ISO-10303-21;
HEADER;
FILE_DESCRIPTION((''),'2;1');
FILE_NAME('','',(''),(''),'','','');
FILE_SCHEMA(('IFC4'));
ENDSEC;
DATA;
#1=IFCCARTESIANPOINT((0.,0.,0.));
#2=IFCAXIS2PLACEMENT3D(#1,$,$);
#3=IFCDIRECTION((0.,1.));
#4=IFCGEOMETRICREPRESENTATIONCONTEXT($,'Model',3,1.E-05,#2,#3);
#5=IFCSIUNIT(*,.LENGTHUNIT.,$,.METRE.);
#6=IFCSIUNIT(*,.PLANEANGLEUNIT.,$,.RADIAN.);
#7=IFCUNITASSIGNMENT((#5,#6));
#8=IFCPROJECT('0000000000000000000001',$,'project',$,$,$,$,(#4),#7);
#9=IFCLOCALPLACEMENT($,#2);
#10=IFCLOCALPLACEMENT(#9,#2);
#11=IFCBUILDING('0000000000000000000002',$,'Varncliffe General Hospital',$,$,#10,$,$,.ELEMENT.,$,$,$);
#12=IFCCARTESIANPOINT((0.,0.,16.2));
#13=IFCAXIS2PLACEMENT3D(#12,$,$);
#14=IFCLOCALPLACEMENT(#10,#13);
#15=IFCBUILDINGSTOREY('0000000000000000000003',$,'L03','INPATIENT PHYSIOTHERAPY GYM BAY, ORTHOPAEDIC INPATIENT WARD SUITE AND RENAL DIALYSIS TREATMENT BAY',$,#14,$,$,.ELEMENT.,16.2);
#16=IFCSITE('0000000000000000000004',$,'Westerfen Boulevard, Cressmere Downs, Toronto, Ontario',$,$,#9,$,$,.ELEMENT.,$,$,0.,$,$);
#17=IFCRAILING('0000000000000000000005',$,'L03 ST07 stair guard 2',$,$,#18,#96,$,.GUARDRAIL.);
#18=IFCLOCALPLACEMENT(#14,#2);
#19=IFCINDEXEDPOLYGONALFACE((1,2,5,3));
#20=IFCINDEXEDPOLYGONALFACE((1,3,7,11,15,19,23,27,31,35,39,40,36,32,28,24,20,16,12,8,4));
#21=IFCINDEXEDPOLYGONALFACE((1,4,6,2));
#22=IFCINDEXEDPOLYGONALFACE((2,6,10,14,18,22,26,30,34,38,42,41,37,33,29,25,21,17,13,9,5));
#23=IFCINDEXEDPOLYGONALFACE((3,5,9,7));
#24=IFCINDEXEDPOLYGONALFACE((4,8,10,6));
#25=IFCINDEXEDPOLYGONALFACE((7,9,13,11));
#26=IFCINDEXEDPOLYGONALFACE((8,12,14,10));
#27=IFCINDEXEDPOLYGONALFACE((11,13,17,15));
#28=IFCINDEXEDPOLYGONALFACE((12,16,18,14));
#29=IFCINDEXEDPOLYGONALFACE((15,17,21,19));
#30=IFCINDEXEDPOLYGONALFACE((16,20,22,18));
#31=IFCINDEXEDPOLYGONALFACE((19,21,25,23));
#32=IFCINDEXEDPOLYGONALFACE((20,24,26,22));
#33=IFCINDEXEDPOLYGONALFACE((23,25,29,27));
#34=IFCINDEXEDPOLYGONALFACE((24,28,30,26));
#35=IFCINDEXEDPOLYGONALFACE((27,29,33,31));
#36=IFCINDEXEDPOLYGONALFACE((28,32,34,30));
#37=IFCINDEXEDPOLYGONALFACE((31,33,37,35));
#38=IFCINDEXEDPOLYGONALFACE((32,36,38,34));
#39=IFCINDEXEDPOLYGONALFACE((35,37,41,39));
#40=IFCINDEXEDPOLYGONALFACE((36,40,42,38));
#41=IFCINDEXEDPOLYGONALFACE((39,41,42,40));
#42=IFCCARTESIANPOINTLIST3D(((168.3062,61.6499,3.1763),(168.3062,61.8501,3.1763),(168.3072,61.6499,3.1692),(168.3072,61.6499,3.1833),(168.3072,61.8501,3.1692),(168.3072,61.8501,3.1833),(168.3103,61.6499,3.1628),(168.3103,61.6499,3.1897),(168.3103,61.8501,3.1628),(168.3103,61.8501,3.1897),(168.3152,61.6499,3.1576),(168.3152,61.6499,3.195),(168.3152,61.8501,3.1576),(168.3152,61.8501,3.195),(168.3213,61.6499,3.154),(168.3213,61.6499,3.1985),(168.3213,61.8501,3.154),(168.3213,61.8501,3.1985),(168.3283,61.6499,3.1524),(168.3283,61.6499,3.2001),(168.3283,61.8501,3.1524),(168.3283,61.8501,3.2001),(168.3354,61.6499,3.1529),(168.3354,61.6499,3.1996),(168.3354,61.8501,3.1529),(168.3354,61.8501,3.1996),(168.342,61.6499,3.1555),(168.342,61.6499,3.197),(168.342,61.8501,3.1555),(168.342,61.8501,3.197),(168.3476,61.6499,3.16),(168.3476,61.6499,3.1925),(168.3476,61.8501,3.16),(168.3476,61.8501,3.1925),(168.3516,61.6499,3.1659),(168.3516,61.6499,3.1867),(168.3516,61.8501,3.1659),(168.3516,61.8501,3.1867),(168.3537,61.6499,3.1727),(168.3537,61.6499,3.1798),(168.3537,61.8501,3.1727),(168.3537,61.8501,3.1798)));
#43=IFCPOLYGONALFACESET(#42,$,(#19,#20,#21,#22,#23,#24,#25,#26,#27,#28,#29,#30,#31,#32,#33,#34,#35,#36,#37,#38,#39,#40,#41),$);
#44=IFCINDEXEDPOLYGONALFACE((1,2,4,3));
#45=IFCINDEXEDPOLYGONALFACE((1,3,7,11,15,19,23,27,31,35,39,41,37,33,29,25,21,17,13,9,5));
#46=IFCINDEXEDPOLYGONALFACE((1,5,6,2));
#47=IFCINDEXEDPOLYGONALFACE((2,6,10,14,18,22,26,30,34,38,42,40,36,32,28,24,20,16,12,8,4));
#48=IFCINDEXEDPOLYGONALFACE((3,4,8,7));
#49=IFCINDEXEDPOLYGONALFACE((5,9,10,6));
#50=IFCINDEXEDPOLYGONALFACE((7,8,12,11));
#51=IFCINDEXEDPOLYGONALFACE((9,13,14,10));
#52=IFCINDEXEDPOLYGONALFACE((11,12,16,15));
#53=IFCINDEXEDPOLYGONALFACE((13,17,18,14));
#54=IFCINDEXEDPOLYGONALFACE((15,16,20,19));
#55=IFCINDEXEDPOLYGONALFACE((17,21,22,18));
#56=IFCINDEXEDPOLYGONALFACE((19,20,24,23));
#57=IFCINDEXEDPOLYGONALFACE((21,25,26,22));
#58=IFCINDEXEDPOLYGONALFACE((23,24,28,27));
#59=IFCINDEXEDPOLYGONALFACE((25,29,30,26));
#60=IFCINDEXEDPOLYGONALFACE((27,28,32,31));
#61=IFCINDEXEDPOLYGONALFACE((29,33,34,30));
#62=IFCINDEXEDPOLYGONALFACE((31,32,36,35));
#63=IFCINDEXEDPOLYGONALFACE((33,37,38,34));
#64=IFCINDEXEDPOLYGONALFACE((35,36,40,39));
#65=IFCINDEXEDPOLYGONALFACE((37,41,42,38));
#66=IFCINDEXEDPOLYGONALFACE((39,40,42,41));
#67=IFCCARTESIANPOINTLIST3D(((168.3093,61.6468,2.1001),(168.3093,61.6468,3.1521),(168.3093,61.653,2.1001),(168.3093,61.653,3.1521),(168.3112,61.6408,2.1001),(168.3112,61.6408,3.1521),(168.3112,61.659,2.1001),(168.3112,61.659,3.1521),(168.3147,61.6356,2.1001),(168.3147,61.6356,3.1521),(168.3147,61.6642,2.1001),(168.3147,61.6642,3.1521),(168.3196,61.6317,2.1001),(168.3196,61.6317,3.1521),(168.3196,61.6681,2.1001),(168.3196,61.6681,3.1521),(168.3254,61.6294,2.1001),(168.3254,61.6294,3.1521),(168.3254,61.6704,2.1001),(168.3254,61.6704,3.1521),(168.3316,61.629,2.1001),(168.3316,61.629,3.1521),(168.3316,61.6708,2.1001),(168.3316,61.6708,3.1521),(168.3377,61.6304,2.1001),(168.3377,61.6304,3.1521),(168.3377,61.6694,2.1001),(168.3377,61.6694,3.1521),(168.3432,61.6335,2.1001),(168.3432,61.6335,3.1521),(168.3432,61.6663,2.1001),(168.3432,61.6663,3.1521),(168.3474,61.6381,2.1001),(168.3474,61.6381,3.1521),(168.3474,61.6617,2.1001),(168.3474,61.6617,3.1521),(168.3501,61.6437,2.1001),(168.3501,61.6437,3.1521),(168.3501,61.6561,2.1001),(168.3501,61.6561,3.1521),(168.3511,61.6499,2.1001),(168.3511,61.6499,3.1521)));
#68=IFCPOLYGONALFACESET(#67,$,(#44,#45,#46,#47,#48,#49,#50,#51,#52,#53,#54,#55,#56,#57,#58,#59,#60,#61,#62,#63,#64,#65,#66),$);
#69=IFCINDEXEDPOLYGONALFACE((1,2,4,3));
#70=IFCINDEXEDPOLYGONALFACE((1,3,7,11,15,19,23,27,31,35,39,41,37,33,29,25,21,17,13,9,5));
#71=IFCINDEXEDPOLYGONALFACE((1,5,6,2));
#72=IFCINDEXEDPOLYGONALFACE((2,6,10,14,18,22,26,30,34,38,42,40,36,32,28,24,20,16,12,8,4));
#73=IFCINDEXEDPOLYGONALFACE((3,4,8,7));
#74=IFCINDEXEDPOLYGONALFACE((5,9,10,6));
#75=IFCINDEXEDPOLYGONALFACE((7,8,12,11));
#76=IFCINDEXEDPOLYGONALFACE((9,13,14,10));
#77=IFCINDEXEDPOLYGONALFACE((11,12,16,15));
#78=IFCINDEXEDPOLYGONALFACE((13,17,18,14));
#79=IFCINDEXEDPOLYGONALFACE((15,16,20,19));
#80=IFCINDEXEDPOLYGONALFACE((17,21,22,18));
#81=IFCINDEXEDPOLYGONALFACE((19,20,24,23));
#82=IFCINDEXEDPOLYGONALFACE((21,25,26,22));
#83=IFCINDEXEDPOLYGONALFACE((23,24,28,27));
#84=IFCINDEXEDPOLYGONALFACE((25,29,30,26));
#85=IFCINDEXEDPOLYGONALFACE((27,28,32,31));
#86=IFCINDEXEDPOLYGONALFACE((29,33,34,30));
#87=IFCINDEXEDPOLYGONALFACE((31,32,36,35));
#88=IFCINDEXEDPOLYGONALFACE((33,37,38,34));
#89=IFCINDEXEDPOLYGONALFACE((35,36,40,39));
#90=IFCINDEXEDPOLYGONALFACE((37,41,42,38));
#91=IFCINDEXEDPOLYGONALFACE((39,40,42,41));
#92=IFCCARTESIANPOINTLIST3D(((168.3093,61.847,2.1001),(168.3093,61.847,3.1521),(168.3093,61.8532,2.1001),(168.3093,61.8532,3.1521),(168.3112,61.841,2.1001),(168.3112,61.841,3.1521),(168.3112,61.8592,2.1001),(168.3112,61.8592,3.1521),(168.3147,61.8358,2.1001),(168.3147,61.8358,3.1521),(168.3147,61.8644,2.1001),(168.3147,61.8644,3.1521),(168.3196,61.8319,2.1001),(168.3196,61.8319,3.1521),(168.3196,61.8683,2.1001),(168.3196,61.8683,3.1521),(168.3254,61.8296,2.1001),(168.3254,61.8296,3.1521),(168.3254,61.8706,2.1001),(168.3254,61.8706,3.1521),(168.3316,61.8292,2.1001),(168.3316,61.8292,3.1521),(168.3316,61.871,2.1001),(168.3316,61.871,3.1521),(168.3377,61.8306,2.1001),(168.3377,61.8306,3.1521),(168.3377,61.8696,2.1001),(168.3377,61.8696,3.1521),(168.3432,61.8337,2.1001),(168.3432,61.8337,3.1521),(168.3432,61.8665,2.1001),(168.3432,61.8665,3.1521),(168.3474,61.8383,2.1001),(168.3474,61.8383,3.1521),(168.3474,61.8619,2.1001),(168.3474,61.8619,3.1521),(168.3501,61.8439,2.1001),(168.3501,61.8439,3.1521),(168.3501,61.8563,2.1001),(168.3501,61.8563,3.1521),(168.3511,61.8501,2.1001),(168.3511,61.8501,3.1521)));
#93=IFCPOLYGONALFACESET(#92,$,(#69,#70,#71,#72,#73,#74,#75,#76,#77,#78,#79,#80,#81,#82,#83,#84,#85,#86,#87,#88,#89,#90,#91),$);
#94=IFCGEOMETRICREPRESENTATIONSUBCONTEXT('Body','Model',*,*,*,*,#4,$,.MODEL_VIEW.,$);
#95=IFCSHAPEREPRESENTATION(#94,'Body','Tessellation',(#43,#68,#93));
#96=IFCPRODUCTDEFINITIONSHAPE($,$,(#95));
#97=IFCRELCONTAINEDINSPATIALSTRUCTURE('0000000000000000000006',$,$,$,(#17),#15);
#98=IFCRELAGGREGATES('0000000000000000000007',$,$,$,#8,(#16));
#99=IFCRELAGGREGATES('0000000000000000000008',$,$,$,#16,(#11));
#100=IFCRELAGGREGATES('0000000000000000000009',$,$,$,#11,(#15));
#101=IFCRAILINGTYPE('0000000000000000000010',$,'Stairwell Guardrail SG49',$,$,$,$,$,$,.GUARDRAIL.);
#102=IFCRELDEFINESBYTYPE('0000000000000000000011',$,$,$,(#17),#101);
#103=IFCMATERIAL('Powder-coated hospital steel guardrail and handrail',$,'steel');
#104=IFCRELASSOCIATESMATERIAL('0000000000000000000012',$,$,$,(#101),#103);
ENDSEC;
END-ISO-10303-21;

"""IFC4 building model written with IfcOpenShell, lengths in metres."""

from ifc_helpers import new_model, si_unit, direction, frame, origin, origin_2d, place, context, subcontext, project, spatial, circle, extrude, material, type_object, element, save


model = new_model("IFC4")

# Units and contexts
model_context = context("Model", 3, precision=1e-05, world=origin(), true_north=direction((0.0, 1.0)))
body_context = subcontext(model_context, "Body", "Model", "MODEL_VIEW")
ifc_project = project(units=[si_unit("LENGTHUNIT", "METRE"), si_unit("PLANEANGLEUNIT", "RADIAN")], contexts=[model_context])

# Site, building, storey
site_placement = place(None, origin())
site = spatial("IfcSite", under=ifc_project, at=site_placement, Name="Westerfen Boulevard, Cressmere Downs, Toronto, Ontario", CompositionType="ELEMENT", RefElevation=0.0)
building_placement = place(site_placement, origin())
building = spatial("IfcBuilding", under=site, at=building_placement, Name="Varncliffe General Hospital", CompositionType="ELEMENT")
storey_placement = place(building_placement, frame((0.0, 0.0, 16.2)))
storey = spatial("IfcBuildingStorey", under=building, at=storey_placement, Name="L03", Description="INPATIENT PHYSIOTHERAPY GYM BAY, ORTHOPAEDIC INPATIENT WARD SUITE AND RENAL DIALYSIS TREATMENT BAY", CompositionType="ELEMENT", Elevation=16.2)

# Railing
ifc_material_1 = material(Name="Powder-coated hospital steel guardrail and handrail", Category="steel")
railing_type_1 = type_object("IfcRailingType", Name="Stairwell Guardrail SG49", PredefinedType="GUARDRAIL", material=ifc_material_1)
railing_1_placement = place(storey_placement, frame((168.3301, 61.6499, 2.1001)))
element("IfcRailing", 1, at=railing_1_placement, inside=storey, type_object=railing_type_1, Name="L03 ST07 stair guard 2", PredefinedType="GUARDRAIL", context=body_context, shape_type="SweptSolid", body=[
    extrude(circle(Radius=0.0239, at=origin_2d()), frame((0.0, 0.0, 1.0762), z_axis=(0.0, 1.0, 0.0), x_axis=(-1.0, 0.0, 0.0)), (0.0, 0.0, 1.0), 0.2002),
    extrude(circle(Radius=0.021, at=origin_2d()), origin(), (0.0, 0.0, 1.0), 1.052),
    extrude(circle(Radius=0.021, at=origin_2d()), frame((0.0, 0.2002, 0.0)), (0.0, 0.0, 1.0), 1.052),
])

save(model, "model.ifc")
